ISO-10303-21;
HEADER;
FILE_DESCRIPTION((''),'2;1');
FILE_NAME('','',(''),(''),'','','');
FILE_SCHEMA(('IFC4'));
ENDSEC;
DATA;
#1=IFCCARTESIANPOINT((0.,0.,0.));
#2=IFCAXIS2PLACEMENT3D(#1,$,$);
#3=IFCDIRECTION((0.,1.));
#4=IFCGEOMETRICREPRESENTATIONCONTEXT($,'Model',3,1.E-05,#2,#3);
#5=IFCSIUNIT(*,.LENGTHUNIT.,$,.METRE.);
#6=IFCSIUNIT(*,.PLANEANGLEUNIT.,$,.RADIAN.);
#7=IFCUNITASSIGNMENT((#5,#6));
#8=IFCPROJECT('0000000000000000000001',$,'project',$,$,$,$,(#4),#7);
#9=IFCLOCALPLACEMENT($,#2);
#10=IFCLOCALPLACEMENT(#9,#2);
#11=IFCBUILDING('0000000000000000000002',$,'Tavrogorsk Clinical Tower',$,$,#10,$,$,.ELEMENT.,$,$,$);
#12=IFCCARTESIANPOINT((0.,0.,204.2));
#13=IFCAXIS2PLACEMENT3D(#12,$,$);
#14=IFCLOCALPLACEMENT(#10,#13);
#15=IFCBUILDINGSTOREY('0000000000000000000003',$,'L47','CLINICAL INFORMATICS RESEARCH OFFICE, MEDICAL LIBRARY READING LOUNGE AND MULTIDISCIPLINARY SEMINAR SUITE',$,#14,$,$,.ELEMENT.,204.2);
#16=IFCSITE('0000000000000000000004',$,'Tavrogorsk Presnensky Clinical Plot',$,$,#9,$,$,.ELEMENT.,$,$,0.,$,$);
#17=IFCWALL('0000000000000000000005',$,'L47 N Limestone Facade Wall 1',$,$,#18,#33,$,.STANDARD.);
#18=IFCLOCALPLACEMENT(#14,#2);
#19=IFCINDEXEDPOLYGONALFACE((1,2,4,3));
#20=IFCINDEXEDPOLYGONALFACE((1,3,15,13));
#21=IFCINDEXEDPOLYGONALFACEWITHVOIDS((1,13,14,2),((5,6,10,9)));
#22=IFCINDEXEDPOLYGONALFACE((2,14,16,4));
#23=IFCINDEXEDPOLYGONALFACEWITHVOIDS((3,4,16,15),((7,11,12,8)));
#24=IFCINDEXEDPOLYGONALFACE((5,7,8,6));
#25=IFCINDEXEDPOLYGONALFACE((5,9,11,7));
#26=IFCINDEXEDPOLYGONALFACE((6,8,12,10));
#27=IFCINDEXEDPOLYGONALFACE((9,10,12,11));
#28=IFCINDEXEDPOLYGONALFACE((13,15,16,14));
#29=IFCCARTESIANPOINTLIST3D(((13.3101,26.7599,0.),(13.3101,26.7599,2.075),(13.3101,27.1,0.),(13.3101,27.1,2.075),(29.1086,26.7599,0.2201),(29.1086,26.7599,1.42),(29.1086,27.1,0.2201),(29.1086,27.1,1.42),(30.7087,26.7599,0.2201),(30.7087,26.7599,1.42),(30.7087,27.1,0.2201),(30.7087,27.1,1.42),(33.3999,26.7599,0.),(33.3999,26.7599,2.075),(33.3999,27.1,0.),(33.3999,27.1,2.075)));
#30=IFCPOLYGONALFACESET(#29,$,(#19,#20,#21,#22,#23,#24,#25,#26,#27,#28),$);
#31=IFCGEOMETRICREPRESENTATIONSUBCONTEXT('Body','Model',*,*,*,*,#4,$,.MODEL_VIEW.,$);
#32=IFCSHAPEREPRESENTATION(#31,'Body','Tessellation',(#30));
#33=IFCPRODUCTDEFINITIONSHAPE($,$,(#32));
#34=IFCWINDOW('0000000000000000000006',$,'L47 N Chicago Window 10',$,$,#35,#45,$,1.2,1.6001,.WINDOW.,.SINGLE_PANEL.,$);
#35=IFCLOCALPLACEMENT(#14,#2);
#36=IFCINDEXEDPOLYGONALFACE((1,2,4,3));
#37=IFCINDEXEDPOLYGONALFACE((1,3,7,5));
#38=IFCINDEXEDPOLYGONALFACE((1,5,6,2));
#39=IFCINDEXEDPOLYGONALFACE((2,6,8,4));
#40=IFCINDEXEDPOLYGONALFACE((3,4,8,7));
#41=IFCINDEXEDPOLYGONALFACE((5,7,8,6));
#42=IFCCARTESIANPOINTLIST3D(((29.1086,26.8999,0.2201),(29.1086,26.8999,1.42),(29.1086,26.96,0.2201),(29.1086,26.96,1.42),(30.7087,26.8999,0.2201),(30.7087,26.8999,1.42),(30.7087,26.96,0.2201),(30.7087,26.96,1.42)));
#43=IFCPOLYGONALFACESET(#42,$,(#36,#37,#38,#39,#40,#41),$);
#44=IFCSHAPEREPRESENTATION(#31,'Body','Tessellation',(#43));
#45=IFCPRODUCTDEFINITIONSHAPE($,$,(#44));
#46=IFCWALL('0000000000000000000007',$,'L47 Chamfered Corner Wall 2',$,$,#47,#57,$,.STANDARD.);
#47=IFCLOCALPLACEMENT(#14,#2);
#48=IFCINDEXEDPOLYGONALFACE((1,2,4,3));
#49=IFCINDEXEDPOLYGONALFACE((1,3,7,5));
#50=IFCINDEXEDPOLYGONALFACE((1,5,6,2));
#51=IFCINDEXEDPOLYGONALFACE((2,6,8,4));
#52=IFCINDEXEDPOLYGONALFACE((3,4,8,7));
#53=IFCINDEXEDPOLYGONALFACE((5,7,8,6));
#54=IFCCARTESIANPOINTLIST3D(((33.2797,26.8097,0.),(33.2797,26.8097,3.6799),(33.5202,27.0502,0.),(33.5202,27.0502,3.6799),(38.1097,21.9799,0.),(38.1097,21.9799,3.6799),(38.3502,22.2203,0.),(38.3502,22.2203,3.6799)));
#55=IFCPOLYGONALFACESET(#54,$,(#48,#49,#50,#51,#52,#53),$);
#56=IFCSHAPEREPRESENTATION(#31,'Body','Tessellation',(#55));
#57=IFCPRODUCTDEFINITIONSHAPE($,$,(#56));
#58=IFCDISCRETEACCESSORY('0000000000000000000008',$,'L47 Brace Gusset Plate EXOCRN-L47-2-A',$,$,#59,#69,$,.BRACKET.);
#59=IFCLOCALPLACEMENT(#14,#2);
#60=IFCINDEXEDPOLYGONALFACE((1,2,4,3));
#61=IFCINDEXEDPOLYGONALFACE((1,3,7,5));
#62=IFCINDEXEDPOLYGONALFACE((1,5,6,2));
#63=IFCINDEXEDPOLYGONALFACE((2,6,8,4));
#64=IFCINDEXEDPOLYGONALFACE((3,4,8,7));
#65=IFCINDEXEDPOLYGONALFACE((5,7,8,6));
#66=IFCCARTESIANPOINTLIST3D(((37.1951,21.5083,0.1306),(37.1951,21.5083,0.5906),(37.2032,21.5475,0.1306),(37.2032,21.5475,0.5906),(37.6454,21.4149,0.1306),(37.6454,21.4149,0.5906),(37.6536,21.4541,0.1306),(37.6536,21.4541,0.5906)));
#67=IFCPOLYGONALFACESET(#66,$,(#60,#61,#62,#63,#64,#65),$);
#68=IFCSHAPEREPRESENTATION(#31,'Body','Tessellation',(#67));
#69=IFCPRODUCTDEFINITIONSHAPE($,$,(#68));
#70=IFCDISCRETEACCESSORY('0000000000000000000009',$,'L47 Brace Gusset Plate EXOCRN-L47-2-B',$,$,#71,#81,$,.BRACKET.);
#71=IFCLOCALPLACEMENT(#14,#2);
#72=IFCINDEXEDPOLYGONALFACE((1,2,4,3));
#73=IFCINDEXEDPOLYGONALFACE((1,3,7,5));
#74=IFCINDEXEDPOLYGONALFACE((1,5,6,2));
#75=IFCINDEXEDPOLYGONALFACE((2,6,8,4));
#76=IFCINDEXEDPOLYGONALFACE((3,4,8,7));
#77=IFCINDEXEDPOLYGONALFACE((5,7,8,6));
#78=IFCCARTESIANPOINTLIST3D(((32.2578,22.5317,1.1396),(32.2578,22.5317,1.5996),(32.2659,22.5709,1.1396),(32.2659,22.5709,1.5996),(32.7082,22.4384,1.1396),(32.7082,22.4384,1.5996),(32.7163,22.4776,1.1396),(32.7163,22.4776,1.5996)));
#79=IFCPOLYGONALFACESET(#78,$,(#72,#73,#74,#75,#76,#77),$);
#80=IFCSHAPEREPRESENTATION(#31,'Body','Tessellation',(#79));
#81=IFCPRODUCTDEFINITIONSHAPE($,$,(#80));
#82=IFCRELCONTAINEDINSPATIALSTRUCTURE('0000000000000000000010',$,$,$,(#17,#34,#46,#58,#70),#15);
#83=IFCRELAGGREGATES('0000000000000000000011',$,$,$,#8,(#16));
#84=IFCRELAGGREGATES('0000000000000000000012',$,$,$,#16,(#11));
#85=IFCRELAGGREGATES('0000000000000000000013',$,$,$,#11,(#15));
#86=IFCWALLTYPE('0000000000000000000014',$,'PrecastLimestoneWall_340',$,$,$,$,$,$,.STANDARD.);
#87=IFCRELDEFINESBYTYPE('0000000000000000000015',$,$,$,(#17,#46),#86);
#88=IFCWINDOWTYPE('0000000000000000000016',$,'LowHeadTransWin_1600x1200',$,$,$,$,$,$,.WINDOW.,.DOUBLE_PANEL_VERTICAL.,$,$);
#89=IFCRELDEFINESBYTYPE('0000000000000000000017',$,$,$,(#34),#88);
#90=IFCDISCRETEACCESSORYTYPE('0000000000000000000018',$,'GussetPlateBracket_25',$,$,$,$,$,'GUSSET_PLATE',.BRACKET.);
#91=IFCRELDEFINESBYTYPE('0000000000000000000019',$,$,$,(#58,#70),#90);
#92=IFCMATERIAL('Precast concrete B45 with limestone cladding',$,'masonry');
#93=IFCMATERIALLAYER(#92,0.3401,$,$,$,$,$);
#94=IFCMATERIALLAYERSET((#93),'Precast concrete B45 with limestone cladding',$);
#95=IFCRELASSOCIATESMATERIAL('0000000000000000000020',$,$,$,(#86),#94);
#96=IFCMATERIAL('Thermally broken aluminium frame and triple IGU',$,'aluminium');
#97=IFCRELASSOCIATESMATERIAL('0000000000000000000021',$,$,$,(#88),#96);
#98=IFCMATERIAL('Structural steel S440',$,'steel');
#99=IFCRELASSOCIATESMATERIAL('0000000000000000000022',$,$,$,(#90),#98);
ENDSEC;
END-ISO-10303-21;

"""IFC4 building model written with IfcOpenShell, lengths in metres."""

from ifc_helpers import new_model, si_unit, direction, frame, frame_2d, origin, origin_2d, place, context, subcontext, project, spatial, rectangle, extrude, material, layer, layer_set, type_object, element, fill, save


model = new_model("IFC4")

# Units and contexts
model_context = context("Model", 3, precision=1e-05, world=origin(), true_north=direction((0.0, 1.0)))
body_context = subcontext(model_context, "Body", "Model", "MODEL_VIEW")
ifc_project = project(units=[si_unit("LENGTHUNIT", "METRE"), si_unit("PLANEANGLEUNIT", "RADIAN")], contexts=[model_context])

# Site, building, storey
site_placement = place(None, origin())
site = spatial("IfcSite", under=ifc_project, at=site_placement, Name="Tavrogorsk Presnensky Clinical Plot", CompositionType="ELEMENT", RefElevation=0.0)
building_placement = place(site_placement, origin())
building = spatial("IfcBuilding", under=site, at=building_placement, Name="Tavrogorsk Clinical Tower", CompositionType="ELEMENT")
storey_placement = place(building_placement, frame((0.0, 0.0, 204.2)))
storey = spatial("IfcBuildingStorey", under=building, at=storey_placement, Name="L47", Description="CLINICAL INFORMATICS RESEARCH OFFICE, MEDICAL LIBRARY READING LOUNGE AND MULTIDISCIPLINARY SEMINAR SUITE", CompositionType="ELEMENT", Elevation=204.2)

# Wall, opening, window
ifc_material_1 = material(Name="Precast concrete B45 with limestone cladding", Category="masonry")
ifc_layer_1 = layer(ifc_material_1, 0.3401)
ifc_layer_set_1 = layer_set([ifc_layer_1], Name="Precast concrete B45 with limestone cladding")
wall_type_1 = type_object("IfcWallType", Name="PrecastLimestoneWall_340", PredefinedType="STANDARD", material=ifc_layer_set_1)
wall_1_placement = place(storey_placement, frame((33.3999, 26.9299, 0.0), z_axis=(0.0, 0.0, 1.0), x_axis=(-1.0, 0.0, 0.0)))
wall_1 = element("IfcWall", 1, at=wall_1_placement, inside=storey, type_object=wall_type_1, Name="L47 N Limestone Facade Wall 1", PredefinedType="STANDARD", context=body_context, shape_type="SweptSolid", body=[
    extrude(rectangle(XDim=20.0898, YDim=0.3401, at=frame_2d((10.0449, 0.0))), origin(), (0.0, 0.0, 1.0), 2.075),
])
opening_placement = place(wall_1_placement, frame((2.6912, 0.0, 0.22)))
opening = element("IfcOpeningElement", 2, at=opening_placement, cuts=wall_1, PredefinedType="OPENING", context=body_context, shape_type="SweptSolid", body=[
    extrude(rectangle(XDim=1.6001, YDim=1.2, at=frame_2d((0.8, 0.6001))), frame((0.0, 0.1799, 0.0), z_axis=(0.0, -1.0, 0.0), x_axis=(1.0, 0.0, 0.0)), (0.0, 0.0, 1.0), 0.3601),
])
ifc_material_2 = material(Name="Thermally broken aluminium frame and triple IGU", Category="aluminium")
window_type = type_object("IfcWindowType", Name="LowHeadTransWin_1600x1200", PartitioningType="DOUBLE_PANEL_VERTICAL", PredefinedType="WINDOW", material=ifc_material_2)
window_placement = place(opening_placement, origin())
window = element("IfcWindow", 3, at=window_placement, inside=storey, type_object=window_type, Name="L47 N Chicago Window 10", OverallHeight=1.2, OverallWidth=1.6001, PartitioningType="SINGLE_PANEL", PredefinedType="WINDOW", context=body_context, shape_type="SweptSolid", body=[
    extrude(rectangle(XDim=1.6001, YDim=1.2, at=frame_2d((0.8, 0.6001))), frame((0.0, 0.03, 0.0), z_axis=(0.0, -1.0, 0.0), x_axis=(1.0, 0.0, 0.0)), (0.0, 0.0, 1.0), 0.0601),
])
fill(opening, window)

# Wall
wall_2_placement = place(storey_placement, frame((38.23, 22.1001, 0.0), z_axis=(0.0, 0.0, 1.0), x_axis=(-0.707125, 0.707089, 0.0)))
element("IfcWall", 4, at=wall_2_placement, inside=storey, type_object=wall_type_1, Name="L47 Chamfered Corner Wall 2", PredefinedType="STANDARD", context=body_context, shape_type="SweptSolid", body=[
    extrude(rectangle(XDim=6.8306, YDim=0.3401, at=frame_2d((3.4153, 0.0))), origin(), (0.0, 0.0, 1.0), 3.6799),
])

# Discrete accessories
ifc_material_3 = material(Name="Structural steel S440", Category="steel")
discrete_accessory_type = type_object("IfcDiscreteAccessoryType", Name="GussetPlateBracket_25", ElementType="GUSSET_PLATE", PredefinedType="BRACKET", material=ifc_material_3)
for number, where, z_axis, x_axis, name in (
    (5, (37.4243, 21.4812, 0.1306), (0.0, 0.0, 1.0), (-0.979187, 0.202958, 0.0), "L47 Brace Gusset Plate EXOCRN-L47-2-A"),
    (6, (32.4871, 22.5046, 1.1396), (0.0, 0.0, 1.0), (-0.979187, 0.202958, 0.0), "L47 Brace Gusset Plate EXOCRN-L47-2-B"),
):
    element("IfcDiscreteAccessory", number, at=place(storey_placement, frame(where, z_axis=z_axis, x_axis=x_axis)), inside=storey, type_object=discrete_accessory_type, Name=name, PredefinedType="BRACKET", context=body_context, shape_type="SweptSolid", body=[
        extrude(rectangle(XDim=0.46, YDim=0.04, at=origin_2d()), origin(), (0.0, 0.0, 1.0), 0.46),
    ])

save(model, "model.ifc")
